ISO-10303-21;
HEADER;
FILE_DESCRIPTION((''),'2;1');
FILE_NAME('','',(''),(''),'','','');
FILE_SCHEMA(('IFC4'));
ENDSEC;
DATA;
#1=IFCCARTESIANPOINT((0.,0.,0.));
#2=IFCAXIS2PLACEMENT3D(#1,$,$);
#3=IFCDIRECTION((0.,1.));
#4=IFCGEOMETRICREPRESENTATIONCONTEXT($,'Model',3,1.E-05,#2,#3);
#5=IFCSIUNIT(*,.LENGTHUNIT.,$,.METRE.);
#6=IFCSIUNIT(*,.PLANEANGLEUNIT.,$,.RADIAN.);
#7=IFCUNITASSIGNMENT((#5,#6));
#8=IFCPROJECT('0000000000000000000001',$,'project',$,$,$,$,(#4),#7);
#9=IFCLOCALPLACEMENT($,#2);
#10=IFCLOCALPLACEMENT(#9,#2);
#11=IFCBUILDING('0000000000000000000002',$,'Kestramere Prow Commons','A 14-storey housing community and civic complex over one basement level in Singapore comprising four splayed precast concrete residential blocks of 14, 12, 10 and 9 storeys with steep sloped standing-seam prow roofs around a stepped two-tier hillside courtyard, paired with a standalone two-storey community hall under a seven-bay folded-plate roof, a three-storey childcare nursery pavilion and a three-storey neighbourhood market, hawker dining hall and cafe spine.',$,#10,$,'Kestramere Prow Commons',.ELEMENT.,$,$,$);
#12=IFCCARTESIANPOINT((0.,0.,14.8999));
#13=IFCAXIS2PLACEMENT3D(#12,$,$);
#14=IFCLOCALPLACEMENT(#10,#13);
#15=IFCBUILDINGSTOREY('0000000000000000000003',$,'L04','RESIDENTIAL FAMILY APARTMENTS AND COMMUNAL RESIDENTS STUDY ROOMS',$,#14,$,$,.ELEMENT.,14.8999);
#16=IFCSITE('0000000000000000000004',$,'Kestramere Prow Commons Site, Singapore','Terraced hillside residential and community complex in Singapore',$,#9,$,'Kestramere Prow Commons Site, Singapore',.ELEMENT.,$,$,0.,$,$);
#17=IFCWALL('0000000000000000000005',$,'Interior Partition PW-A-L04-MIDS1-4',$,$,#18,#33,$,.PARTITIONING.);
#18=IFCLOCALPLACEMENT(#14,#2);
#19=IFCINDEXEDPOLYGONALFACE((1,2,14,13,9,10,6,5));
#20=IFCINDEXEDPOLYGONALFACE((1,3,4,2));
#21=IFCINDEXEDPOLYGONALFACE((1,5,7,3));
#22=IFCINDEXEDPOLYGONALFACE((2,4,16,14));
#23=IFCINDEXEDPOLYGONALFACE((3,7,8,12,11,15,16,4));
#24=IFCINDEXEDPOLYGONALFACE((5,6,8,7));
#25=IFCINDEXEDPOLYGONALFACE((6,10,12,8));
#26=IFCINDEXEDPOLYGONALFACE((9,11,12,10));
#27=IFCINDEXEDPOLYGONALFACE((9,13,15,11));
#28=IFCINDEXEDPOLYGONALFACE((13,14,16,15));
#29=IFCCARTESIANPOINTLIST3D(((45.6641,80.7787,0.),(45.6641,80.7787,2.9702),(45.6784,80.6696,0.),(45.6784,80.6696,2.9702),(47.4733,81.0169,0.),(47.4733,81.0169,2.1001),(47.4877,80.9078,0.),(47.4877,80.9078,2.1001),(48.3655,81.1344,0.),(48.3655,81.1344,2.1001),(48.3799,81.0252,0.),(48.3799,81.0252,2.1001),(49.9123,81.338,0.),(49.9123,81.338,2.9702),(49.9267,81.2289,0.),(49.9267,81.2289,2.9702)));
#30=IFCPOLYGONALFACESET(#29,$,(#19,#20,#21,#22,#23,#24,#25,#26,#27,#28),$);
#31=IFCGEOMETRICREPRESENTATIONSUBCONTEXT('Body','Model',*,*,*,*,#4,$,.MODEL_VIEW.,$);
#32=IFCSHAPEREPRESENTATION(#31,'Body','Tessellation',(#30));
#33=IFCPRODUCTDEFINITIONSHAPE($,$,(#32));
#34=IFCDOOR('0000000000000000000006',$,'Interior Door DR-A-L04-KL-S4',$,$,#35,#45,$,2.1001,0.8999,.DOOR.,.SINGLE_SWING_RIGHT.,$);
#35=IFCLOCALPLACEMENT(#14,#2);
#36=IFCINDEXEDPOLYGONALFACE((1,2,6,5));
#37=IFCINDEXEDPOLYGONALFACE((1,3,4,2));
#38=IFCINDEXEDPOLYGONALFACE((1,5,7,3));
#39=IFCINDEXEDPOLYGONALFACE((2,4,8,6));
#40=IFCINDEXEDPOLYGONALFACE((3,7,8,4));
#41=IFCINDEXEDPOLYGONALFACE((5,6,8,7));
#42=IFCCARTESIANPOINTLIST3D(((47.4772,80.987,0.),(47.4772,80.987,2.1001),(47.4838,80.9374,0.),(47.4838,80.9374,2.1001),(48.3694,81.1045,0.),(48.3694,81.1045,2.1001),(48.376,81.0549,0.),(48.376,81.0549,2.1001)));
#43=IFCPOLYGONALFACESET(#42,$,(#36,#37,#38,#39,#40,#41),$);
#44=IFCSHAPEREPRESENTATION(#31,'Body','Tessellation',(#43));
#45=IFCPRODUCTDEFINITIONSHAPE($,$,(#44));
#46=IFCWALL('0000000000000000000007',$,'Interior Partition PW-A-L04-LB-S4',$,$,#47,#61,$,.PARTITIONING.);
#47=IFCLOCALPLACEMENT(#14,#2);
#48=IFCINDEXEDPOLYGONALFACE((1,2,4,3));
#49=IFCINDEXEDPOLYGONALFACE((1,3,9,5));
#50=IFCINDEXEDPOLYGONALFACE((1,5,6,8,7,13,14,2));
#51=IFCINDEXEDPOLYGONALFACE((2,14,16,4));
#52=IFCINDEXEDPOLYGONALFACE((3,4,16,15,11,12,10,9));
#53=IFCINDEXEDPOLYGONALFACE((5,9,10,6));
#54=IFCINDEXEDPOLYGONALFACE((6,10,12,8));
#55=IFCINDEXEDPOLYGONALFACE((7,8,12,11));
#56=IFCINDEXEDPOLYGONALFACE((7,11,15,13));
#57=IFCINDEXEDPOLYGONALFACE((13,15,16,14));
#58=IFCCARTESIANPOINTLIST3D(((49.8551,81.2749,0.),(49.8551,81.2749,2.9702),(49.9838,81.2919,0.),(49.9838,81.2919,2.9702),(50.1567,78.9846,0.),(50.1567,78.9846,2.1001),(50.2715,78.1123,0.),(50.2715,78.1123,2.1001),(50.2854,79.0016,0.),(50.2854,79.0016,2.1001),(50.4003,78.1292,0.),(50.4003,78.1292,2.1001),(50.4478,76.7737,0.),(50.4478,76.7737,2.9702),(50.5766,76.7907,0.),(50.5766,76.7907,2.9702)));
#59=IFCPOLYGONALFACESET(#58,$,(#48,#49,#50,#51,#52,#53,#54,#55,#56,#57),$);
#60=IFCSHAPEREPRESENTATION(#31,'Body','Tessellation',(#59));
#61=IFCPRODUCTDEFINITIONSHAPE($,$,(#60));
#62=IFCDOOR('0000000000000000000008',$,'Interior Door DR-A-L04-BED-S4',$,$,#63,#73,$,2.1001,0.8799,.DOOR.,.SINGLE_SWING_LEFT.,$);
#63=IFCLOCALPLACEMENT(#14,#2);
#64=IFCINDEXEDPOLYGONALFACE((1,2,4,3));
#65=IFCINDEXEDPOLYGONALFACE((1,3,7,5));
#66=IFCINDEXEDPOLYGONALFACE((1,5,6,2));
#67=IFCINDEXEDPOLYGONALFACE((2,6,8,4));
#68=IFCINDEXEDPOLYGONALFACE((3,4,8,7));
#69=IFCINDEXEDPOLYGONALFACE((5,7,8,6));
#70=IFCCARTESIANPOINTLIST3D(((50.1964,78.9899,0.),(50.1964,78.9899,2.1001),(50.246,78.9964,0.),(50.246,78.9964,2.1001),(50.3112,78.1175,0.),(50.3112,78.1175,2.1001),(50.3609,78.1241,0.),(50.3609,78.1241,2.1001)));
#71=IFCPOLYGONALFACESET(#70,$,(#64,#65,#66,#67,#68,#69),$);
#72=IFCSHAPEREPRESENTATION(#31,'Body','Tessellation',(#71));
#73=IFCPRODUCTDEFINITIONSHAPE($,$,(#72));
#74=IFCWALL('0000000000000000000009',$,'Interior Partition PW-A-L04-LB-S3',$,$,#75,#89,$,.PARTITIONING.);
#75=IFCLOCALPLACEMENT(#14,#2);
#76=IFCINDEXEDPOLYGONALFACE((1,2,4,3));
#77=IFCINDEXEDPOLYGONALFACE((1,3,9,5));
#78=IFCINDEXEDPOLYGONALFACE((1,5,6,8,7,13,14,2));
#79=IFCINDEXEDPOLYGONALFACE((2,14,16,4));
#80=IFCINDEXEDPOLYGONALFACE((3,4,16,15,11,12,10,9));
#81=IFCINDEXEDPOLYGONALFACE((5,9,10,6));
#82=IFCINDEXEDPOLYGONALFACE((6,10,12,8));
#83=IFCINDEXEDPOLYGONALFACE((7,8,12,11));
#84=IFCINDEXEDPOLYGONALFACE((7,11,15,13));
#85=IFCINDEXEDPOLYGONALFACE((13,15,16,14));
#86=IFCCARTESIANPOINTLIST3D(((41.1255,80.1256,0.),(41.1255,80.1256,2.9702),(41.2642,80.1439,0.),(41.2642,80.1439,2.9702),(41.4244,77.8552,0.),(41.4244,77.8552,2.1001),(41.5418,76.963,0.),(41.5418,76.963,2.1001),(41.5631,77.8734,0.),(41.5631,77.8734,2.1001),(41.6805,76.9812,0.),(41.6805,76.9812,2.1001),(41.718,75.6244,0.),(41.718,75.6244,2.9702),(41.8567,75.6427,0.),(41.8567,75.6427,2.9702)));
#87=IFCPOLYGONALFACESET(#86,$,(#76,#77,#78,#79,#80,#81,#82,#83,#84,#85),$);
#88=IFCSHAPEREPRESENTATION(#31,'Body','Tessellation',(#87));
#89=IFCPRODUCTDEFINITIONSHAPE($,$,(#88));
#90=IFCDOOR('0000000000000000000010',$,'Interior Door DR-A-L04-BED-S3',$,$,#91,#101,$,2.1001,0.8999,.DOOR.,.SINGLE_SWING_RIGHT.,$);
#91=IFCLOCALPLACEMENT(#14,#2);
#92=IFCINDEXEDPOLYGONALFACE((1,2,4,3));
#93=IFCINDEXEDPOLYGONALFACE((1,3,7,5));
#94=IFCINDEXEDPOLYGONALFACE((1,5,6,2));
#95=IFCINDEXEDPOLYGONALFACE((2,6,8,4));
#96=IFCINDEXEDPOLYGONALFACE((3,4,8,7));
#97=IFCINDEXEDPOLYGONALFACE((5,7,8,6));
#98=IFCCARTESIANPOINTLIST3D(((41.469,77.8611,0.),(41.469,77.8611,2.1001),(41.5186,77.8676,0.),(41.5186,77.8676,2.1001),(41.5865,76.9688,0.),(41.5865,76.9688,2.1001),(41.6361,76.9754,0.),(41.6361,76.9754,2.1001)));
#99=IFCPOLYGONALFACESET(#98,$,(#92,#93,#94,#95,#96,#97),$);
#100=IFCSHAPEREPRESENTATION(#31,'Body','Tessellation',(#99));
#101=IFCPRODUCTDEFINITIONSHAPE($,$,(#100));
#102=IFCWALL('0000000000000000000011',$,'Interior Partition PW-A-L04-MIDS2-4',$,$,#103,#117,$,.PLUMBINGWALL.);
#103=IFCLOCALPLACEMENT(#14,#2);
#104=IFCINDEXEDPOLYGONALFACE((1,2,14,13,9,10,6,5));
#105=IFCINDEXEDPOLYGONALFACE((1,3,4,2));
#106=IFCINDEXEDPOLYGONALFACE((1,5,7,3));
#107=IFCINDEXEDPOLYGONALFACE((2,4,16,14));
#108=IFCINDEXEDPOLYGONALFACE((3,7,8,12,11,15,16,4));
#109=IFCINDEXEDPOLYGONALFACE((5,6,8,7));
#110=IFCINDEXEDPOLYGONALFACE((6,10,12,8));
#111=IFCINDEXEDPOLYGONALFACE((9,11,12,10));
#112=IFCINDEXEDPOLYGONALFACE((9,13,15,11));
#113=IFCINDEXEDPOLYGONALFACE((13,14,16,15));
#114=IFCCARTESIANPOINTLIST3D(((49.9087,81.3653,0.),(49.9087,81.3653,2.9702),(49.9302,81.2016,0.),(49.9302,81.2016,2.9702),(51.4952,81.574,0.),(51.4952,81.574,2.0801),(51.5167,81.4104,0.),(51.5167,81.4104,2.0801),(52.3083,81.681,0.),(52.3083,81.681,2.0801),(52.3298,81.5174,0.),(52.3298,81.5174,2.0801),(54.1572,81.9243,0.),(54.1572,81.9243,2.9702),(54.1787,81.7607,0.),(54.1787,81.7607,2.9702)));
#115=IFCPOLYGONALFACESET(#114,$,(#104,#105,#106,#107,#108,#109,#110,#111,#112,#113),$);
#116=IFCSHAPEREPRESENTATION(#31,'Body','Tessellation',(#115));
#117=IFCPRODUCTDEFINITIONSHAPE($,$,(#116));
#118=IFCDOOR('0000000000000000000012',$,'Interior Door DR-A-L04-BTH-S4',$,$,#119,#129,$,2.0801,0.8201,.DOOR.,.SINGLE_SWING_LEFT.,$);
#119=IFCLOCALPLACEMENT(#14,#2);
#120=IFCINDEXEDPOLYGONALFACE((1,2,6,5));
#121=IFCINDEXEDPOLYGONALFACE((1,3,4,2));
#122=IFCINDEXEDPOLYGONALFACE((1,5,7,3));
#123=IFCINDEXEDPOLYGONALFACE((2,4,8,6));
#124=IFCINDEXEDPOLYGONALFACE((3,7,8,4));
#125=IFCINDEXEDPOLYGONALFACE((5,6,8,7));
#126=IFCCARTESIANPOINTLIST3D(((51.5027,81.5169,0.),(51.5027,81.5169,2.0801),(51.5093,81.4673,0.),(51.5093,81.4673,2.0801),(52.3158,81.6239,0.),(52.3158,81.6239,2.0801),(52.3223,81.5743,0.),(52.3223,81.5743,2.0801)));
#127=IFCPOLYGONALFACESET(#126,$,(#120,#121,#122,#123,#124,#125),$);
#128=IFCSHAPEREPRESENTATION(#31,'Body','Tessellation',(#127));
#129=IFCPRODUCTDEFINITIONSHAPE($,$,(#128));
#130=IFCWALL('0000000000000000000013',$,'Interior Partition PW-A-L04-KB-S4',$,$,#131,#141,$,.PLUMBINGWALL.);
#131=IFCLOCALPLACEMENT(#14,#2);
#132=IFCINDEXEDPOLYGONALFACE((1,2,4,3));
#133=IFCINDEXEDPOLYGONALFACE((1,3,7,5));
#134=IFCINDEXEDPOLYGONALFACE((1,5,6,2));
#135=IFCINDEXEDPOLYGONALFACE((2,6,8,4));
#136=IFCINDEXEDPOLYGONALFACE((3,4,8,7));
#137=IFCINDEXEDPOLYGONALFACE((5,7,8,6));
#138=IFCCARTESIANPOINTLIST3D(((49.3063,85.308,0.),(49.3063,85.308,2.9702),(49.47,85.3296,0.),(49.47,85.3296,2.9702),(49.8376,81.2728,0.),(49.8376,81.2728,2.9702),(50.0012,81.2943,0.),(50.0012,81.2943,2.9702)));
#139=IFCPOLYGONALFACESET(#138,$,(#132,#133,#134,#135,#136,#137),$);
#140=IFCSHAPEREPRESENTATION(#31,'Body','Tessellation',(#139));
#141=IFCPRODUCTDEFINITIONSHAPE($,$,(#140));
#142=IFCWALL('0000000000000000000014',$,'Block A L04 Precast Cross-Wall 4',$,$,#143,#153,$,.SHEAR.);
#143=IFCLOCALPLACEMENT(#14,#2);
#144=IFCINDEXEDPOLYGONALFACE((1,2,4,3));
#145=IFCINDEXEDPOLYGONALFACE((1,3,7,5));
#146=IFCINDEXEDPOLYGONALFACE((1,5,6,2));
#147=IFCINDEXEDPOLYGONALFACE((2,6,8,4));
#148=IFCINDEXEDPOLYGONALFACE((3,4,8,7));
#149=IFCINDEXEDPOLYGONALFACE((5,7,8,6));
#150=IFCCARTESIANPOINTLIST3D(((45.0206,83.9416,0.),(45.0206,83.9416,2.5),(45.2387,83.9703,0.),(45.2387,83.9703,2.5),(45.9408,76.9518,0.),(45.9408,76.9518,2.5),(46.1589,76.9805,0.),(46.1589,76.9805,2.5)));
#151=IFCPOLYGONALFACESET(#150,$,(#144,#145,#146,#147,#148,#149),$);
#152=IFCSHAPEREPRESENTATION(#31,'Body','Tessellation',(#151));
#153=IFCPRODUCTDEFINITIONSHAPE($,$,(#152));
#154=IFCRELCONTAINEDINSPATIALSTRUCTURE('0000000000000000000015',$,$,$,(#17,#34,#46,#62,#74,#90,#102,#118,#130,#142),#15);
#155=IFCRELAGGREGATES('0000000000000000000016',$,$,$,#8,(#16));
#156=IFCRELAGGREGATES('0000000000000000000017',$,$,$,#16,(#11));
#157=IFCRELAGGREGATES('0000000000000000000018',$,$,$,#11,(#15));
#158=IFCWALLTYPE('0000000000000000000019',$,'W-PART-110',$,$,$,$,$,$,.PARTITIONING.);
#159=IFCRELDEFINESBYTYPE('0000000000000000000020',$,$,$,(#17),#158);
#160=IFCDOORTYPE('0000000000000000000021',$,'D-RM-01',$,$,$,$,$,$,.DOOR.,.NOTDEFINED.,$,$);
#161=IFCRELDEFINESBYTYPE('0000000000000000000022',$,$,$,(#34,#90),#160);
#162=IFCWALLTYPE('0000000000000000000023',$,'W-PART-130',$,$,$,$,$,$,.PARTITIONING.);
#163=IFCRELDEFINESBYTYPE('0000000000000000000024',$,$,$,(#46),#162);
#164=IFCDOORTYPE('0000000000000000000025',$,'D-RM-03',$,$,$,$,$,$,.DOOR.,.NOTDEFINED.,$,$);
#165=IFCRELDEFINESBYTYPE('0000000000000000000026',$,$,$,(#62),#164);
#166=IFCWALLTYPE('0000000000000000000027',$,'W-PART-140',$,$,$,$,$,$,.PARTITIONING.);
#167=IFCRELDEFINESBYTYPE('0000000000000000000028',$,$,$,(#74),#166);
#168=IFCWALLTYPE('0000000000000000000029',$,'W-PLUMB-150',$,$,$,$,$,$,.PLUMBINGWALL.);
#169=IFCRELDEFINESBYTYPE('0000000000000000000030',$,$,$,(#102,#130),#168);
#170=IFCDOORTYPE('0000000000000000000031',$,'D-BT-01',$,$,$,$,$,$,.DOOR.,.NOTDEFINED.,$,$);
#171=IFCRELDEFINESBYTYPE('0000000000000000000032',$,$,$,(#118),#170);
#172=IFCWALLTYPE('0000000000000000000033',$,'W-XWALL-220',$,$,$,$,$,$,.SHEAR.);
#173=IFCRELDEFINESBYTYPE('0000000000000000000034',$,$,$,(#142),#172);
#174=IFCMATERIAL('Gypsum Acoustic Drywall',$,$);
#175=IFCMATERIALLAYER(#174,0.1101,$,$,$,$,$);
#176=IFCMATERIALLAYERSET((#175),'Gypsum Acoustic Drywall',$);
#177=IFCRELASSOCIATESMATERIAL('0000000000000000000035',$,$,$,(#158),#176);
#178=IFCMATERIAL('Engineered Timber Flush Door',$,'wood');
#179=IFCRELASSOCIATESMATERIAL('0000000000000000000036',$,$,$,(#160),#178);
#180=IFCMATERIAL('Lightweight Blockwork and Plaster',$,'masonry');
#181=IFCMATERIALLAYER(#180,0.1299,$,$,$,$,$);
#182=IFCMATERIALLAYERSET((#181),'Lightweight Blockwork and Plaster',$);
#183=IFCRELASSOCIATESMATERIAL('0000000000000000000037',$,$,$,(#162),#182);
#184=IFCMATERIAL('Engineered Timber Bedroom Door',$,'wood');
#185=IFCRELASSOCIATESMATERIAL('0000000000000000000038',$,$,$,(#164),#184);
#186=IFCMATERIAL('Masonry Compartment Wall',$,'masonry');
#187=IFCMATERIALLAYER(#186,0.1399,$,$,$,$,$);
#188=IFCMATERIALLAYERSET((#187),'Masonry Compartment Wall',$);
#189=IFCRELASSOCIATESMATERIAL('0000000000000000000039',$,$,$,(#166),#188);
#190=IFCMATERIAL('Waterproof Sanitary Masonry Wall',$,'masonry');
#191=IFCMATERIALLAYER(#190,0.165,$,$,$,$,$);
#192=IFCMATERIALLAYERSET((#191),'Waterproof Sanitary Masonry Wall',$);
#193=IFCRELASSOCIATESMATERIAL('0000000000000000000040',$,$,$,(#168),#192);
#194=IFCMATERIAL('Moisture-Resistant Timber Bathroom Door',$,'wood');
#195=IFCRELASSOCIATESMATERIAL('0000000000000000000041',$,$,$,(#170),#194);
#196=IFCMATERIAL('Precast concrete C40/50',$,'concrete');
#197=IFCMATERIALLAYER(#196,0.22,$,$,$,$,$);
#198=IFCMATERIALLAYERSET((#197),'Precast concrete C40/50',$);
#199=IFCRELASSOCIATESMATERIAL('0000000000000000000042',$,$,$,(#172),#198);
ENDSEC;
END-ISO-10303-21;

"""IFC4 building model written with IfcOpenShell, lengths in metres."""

from ifc_helpers import new_model, si_unit, direction, frame, frame_2d, origin, place, context, subcontext, project, spatial, rectangle, extrude, material, layer, layer_set, type_object, element, fill, save


model = new_model("IFC4")

# Units and contexts
model_context = context("Model", 3, precision=1e-05, world=origin(), true_north=direction((0.0, 1.0)))
body_context = subcontext(model_context, "Body", "Model", "MODEL_VIEW")
ifc_project = project(units=[si_unit("LENGTHUNIT", "METRE"), si_unit("PLANEANGLEUNIT", "RADIAN")], contexts=[model_context])

# Site, building, storey
site_placement = place(None, origin())
site = spatial("IfcSite", under=ifc_project, at=site_placement, Name="Kestramere Prow Commons Site, Singapore", Description="Terraced hillside residential and community complex in Singapore", LongName="Kestramere Prow Commons Site, Singapore", CompositionType="ELEMENT", RefElevation=0.0)
building_placement = place(site_placement, origin())
building = spatial("IfcBuilding", under=site, at=building_placement, Name="Kestramere Prow Commons", Description="A 14-storey housing community and civic complex over one basement level in Singapore comprising four splayed precast concrete residential blocks of 14, 12, 10 and 9 storeys with steep sloped standing-seam prow roofs around a stepped two-tier hillside courtyard, paired with a standalone two-storey community hall under a seven-bay folded-plate roof, a three-storey childcare nursery pavilion and a three-storey neighbourhood market, hawker dining hall and cafe spine.", LongName="Kestramere Prow Commons", CompositionType="ELEMENT")
storey_placement = place(building_placement, frame((0.0, 0.0, 14.8999)))
storey = spatial("IfcBuildingStorey", under=building, at=storey_placement, Name="L04", Description="RESIDENTIAL FAMILY APARTMENTS AND COMMUNAL RESIDENTS STUDY ROOMS", CompositionType="ELEMENT", Elevation=14.8999)

# Shared definitions
ifc_material_1 = material(Name="Precast concrete C40/50", Category="concrete")

# Walls, openings, doors
ifc_material_2 = material(Name="Gypsum Acoustic Drywall")
ifc_layer_1 = layer(ifc_material_2, 0.1101)
ifc_layer_set_1 = layer_set([ifc_layer_1], Name="Gypsum Acoustic Drywall")
wall_type_1 = type_object("IfcWallType", Name="W-PART-110", PredefinedType="PARTITIONING", material=ifc_layer_set_1)
wall_1_placement = place(storey_placement, frame((45.6711, 80.7241, 0.0), z_axis=(0.0, 0.0, 1.0), x_axis=(0.991444, 0.130533, 0.0)))
wall_1 = element("IfcWall", 1, at=wall_1_placement, inside=storey, type_object=wall_type_1, Name="Interior Partition PW-A-L04-MIDS1-4", PredefinedType="PARTITIONING", context=body_context, shape_type="SweptSolid", body=[
    extrude(rectangle(XDim=4.2849, YDim=0.1101, at=frame_2d((2.1426, 0.0))), origin(), (0.0, 0.0, 1.0), 2.9702),
])
opening_1_placement = place(wall_1_placement, frame((1.825, 0.0, 0.0)))
opening_1 = element("IfcOpeningElement", 2, at=opening_1_placement, cuts=wall_1, PredefinedType="OPENING", context=body_context, shape_type="SweptSolid", body=[
    extrude(rectangle(XDim=0.8999, YDim=2.1001, at=frame_2d((0.45, 1.05))), frame((0.0, 0.0701, 0.0), z_axis=(0.0, -1.0, 0.0), x_axis=(1.0, 0.0, 0.0)), (0.0, 0.0, 1.0), 0.1401),
])
ifc_material_3 = material(Name="Engineered Timber Flush Door", Category="wood")
door_type_1 = type_object("IfcDoorType", Name="D-RM-01", OperationType="NOTDEFINED", PredefinedType="DOOR", material=ifc_material_3)
door_1_placement = place(opening_1_placement, origin())
door_1 = element("IfcDoor", 3, at=door_1_placement, inside=storey, type_object=door_type_1, Name="Interior Door DR-A-L04-KL-S4", OperationType="SINGLE_SWING_RIGHT", OverallHeight=2.1001, OverallWidth=0.8999, PredefinedType="DOOR", context=body_context, shape_type="SweptSolid", body=[
    extrude(rectangle(XDim=0.8999, YDim=2.1001, at=frame_2d((0.45, 1.05))), frame((0.0, 0.0249, 0.0), z_axis=(0.0, -1.0, 0.0), x_axis=(1.0, 0.0, 0.0)), (0.0, 0.0, 1.0), 0.05),
])
fill(opening_1, door_1)
ifc_material_4 = material(Name="Lightweight Blockwork and Plaster", Category="masonry")
ifc_layer_2 = layer(ifc_material_4, 0.1299)
ifc_layer_set_2 = layer_set([ifc_layer_2], Name="Lightweight Blockwork and Plaster")
wall_type_2 = type_object("IfcWallType", Name="W-PART-130", PredefinedType="PARTITIONING", material=ifc_layer_set_2)
wall_2_placement = place(storey_placement, frame((50.5122, 76.7822, 0.0), z_axis=(0.0, 0.0, 1.0), x_axis=(-0.130564, 0.99144, 0.0)))
wall_2 = element("IfcWall", 4, at=wall_2_placement, inside=storey, type_object=wall_type_2, Name="Interior Partition PW-A-L04-LB-S4", PredefinedType="PARTITIONING", context=body_context, shape_type="SweptSolid", body=[
    extrude(rectangle(XDim=4.54, YDim=0.1299, at=frame_2d((2.27, 0.0))), origin(), (0.0, 0.0, 1.0), 2.9702),
])
opening_2_placement = place(wall_2_placement, frame((1.3501, 0.0, 0.0)))
opening_2 = element("IfcOpeningElement", 5, at=opening_2_placement, cuts=wall_2, PredefinedType="OPENING", context=body_context, shape_type="SweptSolid", body=[
    extrude(rectangle(XDim=0.8799, YDim=2.1001, at=frame_2d((0.4399, 1.05))), frame((0.0, 0.0798, 0.0), z_axis=(0.0, -1.0, 0.0), x_axis=(1.0, 0.0, 0.0)), (0.0, 0.0, 1.0), 0.1599),
])
ifc_material_5 = material(Name="Engineered Timber Bedroom Door", Category="wood")
door_type_2 = type_object("IfcDoorType", Name="D-RM-03", OperationType="NOTDEFINED", PredefinedType="DOOR", material=ifc_material_5)
door_2_placement = place(opening_2_placement, origin())
door_2 = element("IfcDoor", 6, at=door_2_placement, inside=storey, type_object=door_type_2, Name="Interior Door DR-A-L04-BED-S4", OperationType="SINGLE_SWING_LEFT", OverallHeight=2.1001, OverallWidth=0.8799, PredefinedType="DOOR", context=body_context, shape_type="SweptSolid", body=[
    extrude(rectangle(XDim=0.8799, YDim=2.1001, at=frame_2d((0.4399, 1.05))), frame((0.0, 0.0249, 0.0), z_axis=(0.0, -1.0, 0.0), x_axis=(1.0, 0.0, 0.0)), (0.0, 0.0, 1.0), 0.05),
])
fill(opening_2, door_2)
ifc_material_6 = material(Name="Masonry Compartment Wall", Category="masonry")
ifc_layer_3 = layer(ifc_material_6, 0.1399)
ifc_layer_set_3 = layer_set([ifc_layer_3], Name="Masonry Compartment Wall")
wall_type_3 = type_object("IfcWallType", Name="W-PART-140", PredefinedType="PARTITIONING", material=ifc_layer_set_3)
wall_3_placement = place(storey_placement, frame((41.7874, 75.6335, 0.0), z_axis=(0.0, 0.0, 1.0), x_axis=(-0.130512, 0.991447, 0.0)))
wall_3 = element("IfcWall", 7, at=wall_3_placement, inside=storey, type_object=wall_type_3, Name="Interior Partition PW-A-L04-LB-S3", PredefinedType="PARTITIONING", context=body_context, shape_type="SweptSolid", body=[
    extrude(rectangle(XDim=4.54, YDim=0.1399, at=frame_2d((2.27, 0.0))), origin(), (0.0, 0.0, 1.0), 2.9702),
])
opening_3_placement = place(wall_3_placement, frame((1.3501, 0.0, 0.0)))
opening_3 = element("IfcOpeningElement", 8, at=opening_3_placement, cuts=wall_3, PredefinedType="OPENING", context=body_context, shape_type="SweptSolid", body=[
    extrude(rectangle(XDim=0.8999, YDim=2.1001, at=frame_2d((0.45, 1.05))), frame((0.0, 0.085, 0.0), z_axis=(0.0, -1.0, 0.0), x_axis=(1.0, 0.0, 0.0)), (0.0, 0.0, 1.0), 0.1699),
])
door_3_placement = place(opening_3_placement, origin())
door_3 = element("IfcDoor", 9, at=door_3_placement, inside=storey, type_object=door_type_1, Name="Interior Door DR-A-L04-BED-S3", OperationType="SINGLE_SWING_RIGHT", OverallHeight=2.1001, OverallWidth=0.8999, PredefinedType="DOOR", context=body_context, shape_type="SweptSolid", body=[
    extrude(rectangle(XDim=0.8999, YDim=2.1001, at=frame_2d((0.45, 1.05))), frame((0.0, 0.0249, 0.0), z_axis=(0.0, -1.0, 0.0), x_axis=(1.0, 0.0, 0.0)), (0.0, 0.0, 1.0), 0.05),
])
fill(opening_3, door_3)
ifc_material_7 = material(Name="Waterproof Sanitary Masonry Wall", Category="masonry")
ifc_layer_4 = layer(ifc_material_7, 0.165)
ifc_layer_set_4 = layer_set([ifc_layer_4], Name="Waterproof Sanitary Masonry Wall")
wall_type_4 = type_object("IfcWallType", Name="W-PLUMB-150", PredefinedType="PLUMBINGWALL", material=ifc_layer_set_4)
wall_4_placement = place(storey_placement, frame((49.9194, 81.2834, 0.0), z_axis=(0.0, 0.0, 1.0), x_axis=(0.991452, 0.130469, 0.0)))
wall_4 = element("IfcWall", 10, at=wall_4_placement, inside=storey, type_object=wall_type_4, Name="Interior Partition PW-A-L04-MIDS2-4", PredefinedType="PLUMBINGWALL", context=body_context, shape_type="SweptSolid", body=[
    extrude(rectangle(XDim=4.2852, YDim=0.165, at=frame_2d((2.1426, 0.0))), origin(), (0.0, 0.0, 1.0), 2.9702),
])
opening_4_placement = place(wall_4_placement, frame((1.6001, 0.0, 0.0)))
opening_4 = element("IfcOpeningElement", 11, at=opening_4_placement, cuts=wall_4, PredefinedType="OPENING", context=body_context, shape_type="SweptSolid", body=[
    extrude(rectangle(XDim=0.8201, YDim=2.0801, at=frame_2d((0.4102, 1.04))), frame((0.0, 0.0974, 0.0), z_axis=(0.0, -1.0, 0.0), x_axis=(1.0, 0.0, 0.0)), (0.0, 0.0, 1.0), 0.1951),
])
ifc_material_8 = material(Name="Moisture-Resistant Timber Bathroom Door", Category="wood")
door_type_3 = type_object("IfcDoorType", Name="D-BT-01", OperationType="NOTDEFINED", PredefinedType="DOOR", material=ifc_material_8)
door_4_placement = place(opening_4_placement, origin())
door_4 = element("IfcDoor", 12, at=door_4_placement, inside=storey, type_object=door_type_3, Name="Interior Door DR-A-L04-BTH-S4", OperationType="SINGLE_SWING_LEFT", OverallHeight=2.0801, OverallWidth=0.8201, PredefinedType="DOOR", context=body_context, shape_type="SweptSolid", body=[
    extrude(rectangle(XDim=0.8201, YDim=2.0801, at=frame_2d((0.4102, 1.04))), frame((0.0, 0.0249, 0.0), z_axis=(0.0, -1.0, 0.0), x_axis=(1.0, 0.0, 0.0)), (0.0, 0.0, 1.0), 0.05),
])
fill(opening_4, door_4)

# Walls
wall_5_placement = place(storey_placement, frame((49.9194, 81.2834, 0.0), z_axis=(0.0, 0.0, 1.0), x_axis=(-0.130529, 0.991444, 0.0)))
element("IfcWall", 13, at=wall_5_placement, inside=storey, type_object=wall_type_4, Name="Interior Partition PW-A-L04-KB-S4", PredefinedType="PLUMBINGWALL", context=body_context, shape_type="SweptSolid", body=[
    extrude(rectangle(XDim=4.0701, YDim=0.165, at=frame_2d((2.0352, 0.0))), origin(), (0.0, 0.0, 1.0), 2.9702),
])
ifc_layer_5 = layer(ifc_material_1, 0.22)
ifc_layer_set_5 = layer_set([ifc_layer_5], Name="Precast concrete C40/50")
wall_type_5 = type_object("IfcWallType", Name="W-XWALL-220", PredefinedType="SHEAR", material=ifc_layer_set_5)
wall_6_placement = place(storey_placement, frame((46.0498, 76.9663, 0.0), z_axis=(0.0, 0.0, 1.0), x_axis=(-0.130519, 0.991446, 0.0)))
element("IfcWall", 14, at=wall_6_placement, inside=storey, type_object=wall_type_5, Name="Block A L04 Precast Cross-Wall 4", PredefinedType="SHEAR", context=body_context, shape_type="SweptSolid", body=[
    extrude(rectangle(XDim=7.05, YDim=0.22, at=frame_2d((3.5249, 0.0))), origin(), (0.0, 0.0, 1.0), 2.5),
])

save(model, "model.ifc")
